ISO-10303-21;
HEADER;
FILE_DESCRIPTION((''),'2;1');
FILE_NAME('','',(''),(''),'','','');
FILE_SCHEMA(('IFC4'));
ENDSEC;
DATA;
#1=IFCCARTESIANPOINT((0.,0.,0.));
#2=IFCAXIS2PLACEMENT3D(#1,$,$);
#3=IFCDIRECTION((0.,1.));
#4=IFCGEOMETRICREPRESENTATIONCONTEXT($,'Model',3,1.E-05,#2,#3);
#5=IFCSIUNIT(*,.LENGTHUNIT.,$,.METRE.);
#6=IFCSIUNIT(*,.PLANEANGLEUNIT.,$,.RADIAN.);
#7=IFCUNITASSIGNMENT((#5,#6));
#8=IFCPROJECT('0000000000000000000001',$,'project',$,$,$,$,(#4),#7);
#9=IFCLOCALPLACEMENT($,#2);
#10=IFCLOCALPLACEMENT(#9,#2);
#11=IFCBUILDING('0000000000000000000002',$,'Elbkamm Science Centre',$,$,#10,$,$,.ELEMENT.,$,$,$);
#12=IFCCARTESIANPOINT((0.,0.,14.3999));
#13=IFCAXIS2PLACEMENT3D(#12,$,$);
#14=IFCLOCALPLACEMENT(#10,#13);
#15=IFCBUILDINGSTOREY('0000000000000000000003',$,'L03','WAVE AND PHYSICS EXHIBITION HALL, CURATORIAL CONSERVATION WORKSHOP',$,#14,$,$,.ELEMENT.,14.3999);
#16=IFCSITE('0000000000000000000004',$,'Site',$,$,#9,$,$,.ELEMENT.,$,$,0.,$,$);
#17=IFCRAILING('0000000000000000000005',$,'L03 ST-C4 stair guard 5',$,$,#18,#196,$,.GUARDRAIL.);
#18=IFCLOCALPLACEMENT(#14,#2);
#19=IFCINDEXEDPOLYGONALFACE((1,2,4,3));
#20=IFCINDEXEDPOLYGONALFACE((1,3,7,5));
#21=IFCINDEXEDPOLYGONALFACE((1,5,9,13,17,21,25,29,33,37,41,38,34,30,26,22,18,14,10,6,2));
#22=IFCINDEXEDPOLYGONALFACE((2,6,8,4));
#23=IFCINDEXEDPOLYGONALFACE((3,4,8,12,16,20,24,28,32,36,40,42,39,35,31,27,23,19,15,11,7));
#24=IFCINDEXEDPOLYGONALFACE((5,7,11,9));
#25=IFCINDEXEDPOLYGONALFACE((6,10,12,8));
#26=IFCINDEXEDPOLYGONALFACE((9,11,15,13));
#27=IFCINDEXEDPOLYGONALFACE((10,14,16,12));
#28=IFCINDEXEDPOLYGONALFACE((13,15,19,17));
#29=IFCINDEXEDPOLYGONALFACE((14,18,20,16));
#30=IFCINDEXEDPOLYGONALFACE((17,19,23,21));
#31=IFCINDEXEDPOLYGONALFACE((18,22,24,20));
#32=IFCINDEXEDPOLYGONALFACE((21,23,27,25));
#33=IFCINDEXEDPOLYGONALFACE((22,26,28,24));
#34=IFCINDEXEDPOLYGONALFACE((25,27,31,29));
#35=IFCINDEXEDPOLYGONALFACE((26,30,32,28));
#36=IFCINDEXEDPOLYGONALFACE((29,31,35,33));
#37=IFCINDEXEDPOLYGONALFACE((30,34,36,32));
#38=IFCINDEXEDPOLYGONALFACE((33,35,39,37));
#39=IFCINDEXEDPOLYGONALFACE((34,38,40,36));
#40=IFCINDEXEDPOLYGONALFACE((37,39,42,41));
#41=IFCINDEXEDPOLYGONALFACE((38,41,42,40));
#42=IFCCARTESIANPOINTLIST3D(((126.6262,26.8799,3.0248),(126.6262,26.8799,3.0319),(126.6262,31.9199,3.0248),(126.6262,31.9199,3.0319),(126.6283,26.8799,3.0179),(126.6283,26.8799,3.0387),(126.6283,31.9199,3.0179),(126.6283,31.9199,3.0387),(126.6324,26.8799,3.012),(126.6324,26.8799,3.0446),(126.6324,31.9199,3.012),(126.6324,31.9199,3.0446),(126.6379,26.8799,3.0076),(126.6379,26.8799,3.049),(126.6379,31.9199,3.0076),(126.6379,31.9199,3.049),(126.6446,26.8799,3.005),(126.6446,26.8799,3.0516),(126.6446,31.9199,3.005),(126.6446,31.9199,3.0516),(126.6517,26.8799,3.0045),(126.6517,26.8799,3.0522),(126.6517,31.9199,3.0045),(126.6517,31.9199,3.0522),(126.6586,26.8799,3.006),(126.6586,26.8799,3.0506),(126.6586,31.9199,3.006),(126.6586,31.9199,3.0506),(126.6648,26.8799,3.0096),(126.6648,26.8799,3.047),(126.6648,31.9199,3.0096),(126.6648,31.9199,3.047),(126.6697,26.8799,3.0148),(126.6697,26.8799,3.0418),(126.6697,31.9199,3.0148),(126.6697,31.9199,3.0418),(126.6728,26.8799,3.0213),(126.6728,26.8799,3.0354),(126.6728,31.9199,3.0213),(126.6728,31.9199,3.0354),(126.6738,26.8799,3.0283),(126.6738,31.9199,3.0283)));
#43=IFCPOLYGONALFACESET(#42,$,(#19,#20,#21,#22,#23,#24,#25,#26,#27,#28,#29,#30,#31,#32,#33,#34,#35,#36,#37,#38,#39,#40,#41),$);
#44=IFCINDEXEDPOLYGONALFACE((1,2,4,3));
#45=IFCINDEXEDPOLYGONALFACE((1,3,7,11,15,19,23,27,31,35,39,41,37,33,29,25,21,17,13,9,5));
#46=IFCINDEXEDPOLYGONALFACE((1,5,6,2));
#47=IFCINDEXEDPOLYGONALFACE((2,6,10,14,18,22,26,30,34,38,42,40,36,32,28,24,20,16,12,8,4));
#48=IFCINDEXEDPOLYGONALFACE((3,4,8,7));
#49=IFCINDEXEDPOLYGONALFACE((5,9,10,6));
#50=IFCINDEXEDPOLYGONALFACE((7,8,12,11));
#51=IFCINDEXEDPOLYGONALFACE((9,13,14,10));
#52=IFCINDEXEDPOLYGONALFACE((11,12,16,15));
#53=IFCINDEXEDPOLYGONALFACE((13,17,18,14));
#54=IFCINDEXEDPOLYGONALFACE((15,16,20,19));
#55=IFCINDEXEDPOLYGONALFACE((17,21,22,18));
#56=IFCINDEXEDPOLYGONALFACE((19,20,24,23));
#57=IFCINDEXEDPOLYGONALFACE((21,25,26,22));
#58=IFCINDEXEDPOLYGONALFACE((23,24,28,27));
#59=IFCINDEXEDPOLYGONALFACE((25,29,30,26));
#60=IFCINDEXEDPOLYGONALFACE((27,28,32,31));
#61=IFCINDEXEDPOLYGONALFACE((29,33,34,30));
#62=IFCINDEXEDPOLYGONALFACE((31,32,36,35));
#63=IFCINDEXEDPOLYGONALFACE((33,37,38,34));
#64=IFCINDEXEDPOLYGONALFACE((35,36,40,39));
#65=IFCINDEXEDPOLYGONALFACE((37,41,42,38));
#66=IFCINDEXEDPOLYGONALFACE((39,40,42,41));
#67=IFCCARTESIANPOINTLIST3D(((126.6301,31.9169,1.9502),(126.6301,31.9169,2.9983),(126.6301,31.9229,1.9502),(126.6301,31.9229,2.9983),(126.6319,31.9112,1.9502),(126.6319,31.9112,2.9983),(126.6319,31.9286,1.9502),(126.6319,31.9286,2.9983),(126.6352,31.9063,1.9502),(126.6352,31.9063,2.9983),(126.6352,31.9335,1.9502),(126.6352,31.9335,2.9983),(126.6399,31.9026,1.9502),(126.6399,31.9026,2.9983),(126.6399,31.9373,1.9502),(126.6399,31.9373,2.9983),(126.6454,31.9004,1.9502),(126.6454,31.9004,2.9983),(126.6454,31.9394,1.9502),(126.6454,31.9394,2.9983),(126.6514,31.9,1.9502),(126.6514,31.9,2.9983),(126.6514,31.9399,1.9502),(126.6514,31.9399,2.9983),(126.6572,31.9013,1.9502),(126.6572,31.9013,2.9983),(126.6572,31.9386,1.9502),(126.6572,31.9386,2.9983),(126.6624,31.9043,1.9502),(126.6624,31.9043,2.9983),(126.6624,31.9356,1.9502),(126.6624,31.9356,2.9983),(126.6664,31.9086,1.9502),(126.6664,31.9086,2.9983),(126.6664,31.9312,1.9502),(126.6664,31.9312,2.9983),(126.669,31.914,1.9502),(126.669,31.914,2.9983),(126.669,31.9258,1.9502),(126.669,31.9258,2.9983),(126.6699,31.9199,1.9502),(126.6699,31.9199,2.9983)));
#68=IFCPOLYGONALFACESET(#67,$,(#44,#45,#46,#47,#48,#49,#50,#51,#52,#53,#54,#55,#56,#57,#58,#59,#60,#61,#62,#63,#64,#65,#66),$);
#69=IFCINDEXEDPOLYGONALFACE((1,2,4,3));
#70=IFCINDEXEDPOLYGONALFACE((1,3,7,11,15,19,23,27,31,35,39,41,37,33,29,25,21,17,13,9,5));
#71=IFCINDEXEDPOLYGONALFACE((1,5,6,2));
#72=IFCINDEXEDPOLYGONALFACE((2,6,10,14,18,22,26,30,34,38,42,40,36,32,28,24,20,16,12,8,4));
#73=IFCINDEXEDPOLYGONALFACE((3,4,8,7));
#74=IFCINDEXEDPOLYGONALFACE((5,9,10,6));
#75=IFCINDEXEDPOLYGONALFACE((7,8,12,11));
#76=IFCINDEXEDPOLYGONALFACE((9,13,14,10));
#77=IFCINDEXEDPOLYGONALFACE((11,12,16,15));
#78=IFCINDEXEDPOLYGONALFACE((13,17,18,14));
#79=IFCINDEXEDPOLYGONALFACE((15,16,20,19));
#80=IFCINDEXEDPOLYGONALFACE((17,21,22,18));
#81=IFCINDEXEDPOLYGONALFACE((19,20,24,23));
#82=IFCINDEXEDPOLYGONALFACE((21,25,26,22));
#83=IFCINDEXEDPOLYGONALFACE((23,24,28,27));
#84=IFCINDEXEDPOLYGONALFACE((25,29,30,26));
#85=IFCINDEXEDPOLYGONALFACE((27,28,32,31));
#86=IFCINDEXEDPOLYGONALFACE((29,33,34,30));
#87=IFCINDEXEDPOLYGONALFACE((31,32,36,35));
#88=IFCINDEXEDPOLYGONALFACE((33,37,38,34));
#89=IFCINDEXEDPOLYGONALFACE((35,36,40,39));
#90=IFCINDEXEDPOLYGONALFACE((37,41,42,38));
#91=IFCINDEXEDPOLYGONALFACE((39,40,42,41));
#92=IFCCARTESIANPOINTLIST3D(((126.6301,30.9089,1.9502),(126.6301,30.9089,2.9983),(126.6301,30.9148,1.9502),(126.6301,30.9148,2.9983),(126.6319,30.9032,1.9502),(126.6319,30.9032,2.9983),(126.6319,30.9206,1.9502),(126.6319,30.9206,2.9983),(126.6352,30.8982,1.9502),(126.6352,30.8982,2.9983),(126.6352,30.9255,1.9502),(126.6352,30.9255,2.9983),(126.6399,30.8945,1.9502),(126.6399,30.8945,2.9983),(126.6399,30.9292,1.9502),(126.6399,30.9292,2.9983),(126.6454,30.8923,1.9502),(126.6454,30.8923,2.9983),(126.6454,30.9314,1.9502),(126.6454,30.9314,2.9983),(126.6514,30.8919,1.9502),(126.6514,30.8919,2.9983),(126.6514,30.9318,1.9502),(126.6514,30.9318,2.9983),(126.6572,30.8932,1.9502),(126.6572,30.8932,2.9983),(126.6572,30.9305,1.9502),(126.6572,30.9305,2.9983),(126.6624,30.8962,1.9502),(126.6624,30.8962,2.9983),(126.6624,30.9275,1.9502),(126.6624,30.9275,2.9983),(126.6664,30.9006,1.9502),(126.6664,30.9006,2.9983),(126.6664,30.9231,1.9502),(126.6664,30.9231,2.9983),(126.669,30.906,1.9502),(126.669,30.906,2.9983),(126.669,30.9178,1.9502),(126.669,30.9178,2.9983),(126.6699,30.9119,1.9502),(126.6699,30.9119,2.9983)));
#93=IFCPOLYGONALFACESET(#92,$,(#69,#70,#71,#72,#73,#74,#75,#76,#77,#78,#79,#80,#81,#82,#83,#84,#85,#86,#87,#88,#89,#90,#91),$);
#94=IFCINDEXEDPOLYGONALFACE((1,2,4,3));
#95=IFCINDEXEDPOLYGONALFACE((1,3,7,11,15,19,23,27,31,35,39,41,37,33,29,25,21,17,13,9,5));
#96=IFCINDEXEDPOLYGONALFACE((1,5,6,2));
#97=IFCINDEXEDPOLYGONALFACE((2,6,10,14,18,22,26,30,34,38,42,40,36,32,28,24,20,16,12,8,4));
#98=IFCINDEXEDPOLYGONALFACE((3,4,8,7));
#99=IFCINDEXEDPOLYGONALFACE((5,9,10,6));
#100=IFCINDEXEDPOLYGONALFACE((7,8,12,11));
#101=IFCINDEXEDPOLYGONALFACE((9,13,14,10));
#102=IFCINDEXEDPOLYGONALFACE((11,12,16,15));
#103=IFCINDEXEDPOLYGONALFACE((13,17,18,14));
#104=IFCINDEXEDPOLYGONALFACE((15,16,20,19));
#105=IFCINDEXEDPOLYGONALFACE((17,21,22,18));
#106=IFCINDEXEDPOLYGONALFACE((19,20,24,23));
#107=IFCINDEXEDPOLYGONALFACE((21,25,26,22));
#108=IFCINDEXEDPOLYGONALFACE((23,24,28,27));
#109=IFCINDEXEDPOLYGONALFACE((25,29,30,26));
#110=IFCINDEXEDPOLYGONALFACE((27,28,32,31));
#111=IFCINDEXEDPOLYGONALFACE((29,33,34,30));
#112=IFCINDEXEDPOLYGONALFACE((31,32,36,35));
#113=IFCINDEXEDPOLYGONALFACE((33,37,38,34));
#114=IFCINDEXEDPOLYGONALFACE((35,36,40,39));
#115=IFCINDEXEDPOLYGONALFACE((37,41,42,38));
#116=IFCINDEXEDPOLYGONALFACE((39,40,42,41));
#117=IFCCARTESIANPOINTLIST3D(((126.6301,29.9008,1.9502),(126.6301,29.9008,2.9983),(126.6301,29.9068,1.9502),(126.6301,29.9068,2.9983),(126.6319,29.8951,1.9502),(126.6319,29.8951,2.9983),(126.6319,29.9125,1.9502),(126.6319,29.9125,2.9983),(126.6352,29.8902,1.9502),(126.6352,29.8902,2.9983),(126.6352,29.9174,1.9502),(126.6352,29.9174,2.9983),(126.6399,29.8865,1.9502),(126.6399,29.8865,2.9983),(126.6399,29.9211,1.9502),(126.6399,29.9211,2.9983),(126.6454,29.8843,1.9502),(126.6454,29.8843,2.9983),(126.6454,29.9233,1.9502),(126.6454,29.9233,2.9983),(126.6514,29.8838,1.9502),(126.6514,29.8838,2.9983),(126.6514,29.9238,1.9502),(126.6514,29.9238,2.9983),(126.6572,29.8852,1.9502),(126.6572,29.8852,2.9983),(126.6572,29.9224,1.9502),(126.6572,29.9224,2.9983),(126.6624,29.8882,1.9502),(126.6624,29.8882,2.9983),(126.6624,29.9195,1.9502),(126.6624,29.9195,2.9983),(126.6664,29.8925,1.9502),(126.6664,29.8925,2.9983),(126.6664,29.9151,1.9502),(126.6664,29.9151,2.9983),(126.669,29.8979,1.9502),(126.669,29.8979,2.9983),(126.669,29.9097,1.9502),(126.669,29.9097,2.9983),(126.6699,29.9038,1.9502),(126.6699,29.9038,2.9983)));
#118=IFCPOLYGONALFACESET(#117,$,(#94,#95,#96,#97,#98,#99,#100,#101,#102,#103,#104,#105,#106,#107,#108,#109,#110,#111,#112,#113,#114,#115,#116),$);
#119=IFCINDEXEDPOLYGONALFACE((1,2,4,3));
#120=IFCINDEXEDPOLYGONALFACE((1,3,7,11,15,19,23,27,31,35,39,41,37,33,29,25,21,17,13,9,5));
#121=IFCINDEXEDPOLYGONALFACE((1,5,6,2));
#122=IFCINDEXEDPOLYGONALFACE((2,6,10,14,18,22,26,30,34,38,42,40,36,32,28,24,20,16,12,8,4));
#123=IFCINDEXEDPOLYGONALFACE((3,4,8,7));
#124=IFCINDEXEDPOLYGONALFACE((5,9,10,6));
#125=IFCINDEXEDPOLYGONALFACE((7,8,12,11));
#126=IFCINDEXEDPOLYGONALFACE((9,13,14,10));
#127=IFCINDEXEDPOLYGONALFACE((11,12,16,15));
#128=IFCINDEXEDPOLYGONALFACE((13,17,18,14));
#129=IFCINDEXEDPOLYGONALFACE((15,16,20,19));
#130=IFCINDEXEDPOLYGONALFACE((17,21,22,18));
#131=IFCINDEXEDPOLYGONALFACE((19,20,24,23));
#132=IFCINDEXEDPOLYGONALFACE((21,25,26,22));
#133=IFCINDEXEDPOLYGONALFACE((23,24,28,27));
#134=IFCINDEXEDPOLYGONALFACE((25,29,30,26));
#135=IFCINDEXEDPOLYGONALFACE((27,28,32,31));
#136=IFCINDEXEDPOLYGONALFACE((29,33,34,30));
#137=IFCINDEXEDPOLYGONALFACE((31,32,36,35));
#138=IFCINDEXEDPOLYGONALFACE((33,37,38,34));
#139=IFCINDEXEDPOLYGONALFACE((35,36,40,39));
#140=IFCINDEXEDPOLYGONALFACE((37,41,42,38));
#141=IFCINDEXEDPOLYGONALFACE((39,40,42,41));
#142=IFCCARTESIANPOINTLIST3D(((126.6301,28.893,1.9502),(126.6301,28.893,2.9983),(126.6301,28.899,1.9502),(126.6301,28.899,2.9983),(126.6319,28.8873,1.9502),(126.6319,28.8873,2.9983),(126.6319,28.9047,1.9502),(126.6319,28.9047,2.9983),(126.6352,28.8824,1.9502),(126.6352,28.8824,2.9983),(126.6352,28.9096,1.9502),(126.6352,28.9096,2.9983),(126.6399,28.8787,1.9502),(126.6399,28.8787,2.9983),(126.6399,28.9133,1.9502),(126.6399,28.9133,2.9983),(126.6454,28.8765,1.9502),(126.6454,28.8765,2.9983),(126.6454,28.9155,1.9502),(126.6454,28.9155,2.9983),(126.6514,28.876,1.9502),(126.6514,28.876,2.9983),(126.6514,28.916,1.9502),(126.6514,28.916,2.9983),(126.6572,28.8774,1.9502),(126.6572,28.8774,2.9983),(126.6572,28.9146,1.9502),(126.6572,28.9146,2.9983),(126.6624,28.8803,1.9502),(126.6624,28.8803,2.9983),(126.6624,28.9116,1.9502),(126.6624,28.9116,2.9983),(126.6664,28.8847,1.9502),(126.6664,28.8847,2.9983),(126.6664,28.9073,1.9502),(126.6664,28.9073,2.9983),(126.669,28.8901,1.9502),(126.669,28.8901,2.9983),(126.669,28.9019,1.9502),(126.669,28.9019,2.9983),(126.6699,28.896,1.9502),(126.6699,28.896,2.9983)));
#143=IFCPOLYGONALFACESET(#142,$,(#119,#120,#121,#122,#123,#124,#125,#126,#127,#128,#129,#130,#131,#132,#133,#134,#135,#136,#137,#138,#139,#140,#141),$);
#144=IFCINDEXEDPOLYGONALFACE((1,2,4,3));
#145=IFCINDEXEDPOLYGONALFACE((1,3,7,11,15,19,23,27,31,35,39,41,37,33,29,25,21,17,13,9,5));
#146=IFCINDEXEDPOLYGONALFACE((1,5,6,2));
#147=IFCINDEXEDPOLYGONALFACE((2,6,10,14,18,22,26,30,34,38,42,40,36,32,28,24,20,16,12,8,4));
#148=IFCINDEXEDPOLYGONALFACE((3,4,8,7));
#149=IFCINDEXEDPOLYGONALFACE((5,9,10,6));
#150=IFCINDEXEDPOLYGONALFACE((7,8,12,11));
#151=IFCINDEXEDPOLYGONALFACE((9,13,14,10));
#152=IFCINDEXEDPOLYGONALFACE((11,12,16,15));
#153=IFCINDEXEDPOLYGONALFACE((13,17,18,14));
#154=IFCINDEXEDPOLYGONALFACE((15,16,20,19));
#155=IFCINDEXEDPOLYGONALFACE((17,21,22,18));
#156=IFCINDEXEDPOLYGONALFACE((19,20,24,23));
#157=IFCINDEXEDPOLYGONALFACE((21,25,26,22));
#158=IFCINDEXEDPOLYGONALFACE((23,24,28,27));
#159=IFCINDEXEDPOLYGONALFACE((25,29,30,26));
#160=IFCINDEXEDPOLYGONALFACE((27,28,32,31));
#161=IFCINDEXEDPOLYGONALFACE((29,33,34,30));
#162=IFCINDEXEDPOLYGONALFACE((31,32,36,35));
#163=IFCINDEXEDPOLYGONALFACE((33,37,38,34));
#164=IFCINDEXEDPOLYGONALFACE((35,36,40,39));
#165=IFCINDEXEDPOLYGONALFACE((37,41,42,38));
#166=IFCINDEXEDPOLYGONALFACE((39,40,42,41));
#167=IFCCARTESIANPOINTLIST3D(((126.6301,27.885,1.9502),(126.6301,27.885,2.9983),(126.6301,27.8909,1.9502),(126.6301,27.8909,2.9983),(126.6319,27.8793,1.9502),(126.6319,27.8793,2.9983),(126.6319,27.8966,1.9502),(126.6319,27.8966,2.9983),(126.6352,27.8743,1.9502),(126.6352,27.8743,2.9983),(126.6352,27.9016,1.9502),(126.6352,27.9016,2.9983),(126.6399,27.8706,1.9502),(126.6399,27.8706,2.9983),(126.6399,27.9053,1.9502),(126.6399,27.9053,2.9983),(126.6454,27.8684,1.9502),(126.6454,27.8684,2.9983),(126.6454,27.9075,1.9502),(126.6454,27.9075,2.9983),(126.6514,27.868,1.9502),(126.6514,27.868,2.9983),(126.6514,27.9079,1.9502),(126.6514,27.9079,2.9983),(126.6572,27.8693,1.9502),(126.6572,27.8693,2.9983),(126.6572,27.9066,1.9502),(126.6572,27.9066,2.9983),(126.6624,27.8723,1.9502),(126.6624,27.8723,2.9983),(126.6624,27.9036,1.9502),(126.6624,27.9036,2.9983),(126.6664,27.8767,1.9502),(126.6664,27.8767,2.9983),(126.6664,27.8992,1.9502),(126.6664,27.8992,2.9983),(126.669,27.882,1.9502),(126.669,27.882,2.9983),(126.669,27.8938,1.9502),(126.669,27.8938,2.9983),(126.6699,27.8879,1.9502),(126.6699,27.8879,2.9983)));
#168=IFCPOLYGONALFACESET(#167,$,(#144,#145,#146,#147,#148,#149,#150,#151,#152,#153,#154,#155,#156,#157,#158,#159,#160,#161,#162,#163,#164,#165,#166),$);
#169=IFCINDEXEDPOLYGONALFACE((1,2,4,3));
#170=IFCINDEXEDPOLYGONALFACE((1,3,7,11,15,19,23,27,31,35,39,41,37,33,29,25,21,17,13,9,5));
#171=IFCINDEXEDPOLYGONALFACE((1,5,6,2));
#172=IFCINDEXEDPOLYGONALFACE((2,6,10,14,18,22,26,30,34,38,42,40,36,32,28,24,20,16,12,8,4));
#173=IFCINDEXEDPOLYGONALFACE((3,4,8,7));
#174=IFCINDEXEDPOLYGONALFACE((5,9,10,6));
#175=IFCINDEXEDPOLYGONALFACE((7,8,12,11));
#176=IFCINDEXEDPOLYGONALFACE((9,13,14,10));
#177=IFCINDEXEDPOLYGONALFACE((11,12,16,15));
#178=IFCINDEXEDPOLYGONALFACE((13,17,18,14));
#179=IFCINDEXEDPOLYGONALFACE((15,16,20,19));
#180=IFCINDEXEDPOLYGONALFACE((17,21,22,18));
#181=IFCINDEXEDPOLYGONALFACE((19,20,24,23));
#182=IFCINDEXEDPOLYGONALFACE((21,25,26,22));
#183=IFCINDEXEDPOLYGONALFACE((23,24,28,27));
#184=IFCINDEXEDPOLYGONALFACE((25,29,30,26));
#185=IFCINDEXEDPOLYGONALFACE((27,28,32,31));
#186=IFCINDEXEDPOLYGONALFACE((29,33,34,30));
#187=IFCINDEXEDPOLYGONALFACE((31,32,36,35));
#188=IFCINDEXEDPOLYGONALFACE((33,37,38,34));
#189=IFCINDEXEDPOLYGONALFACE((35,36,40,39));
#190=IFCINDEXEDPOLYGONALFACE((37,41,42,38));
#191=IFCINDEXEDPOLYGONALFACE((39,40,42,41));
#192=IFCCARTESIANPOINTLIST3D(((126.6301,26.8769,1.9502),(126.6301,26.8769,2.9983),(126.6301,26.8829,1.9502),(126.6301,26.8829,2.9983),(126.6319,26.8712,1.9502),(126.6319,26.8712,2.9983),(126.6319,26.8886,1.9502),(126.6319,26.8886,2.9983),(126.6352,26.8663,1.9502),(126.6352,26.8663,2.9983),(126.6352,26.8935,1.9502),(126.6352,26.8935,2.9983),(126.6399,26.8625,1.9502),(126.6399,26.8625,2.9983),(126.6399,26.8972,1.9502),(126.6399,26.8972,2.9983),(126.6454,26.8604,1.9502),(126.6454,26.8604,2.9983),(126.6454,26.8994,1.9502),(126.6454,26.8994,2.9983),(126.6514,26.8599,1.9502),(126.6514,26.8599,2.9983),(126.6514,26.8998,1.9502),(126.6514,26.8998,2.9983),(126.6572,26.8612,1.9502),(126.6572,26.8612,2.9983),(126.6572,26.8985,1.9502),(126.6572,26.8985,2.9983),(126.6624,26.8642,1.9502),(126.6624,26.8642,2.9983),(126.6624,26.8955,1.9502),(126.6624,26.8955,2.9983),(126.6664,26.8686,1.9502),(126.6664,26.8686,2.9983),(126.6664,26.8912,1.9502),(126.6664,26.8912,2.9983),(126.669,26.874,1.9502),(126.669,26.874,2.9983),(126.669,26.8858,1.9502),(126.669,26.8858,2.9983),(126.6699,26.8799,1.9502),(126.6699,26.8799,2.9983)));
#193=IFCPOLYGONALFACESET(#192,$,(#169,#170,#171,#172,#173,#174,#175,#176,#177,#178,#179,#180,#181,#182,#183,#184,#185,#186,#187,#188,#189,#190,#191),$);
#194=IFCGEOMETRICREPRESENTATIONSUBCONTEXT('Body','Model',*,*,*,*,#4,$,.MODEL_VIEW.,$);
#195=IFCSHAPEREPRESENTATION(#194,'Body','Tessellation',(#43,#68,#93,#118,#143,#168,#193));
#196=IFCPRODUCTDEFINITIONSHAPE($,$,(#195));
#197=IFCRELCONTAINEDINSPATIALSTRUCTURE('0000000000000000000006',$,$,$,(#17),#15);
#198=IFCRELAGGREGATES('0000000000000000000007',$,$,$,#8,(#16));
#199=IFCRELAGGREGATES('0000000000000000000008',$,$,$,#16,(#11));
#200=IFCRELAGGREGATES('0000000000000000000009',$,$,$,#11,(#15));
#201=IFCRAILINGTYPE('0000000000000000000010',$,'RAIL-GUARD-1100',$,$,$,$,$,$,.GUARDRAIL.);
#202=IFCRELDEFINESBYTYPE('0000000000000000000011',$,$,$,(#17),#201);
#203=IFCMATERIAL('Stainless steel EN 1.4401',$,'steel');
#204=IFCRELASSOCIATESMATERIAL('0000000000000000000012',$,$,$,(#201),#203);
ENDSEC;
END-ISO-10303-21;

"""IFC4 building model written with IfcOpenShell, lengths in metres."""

from ifc_helpers import new_model, si_unit, direction, frame, origin, origin_2d, place, context, subcontext, project, spatial, circle, extrude, material, type_object, element, save


model = new_model("IFC4")

# Units and contexts
model_context = context("Model", 3, precision=1e-05, world=origin(), true_north=direction((0.0, 1.0)))
body_context = subcontext(model_context, "Body", "Model", "MODEL_VIEW")
ifc_project = project(units=[si_unit("LENGTHUNIT", "METRE"), si_unit("PLANEANGLEUNIT", "RADIAN")], contexts=[model_context])

# Site, building, storey
site_placement = place(None, origin())
site = spatial("IfcSite", under=ifc_project, at=site_placement, Name="Site", CompositionType="ELEMENT", RefElevation=0.0)
building_placement = place(site_placement, origin())
building = spatial("IfcBuilding", under=site, at=building_placement, Name="Elbkamm Science Centre", CompositionType="ELEMENT")
storey_placement = place(building_placement, frame((0.0, 0.0, 14.3999)))
storey = spatial("IfcBuildingStorey", under=building, at=storey_placement, Name="L03", Description="WAVE AND PHYSICS EXHIBITION HALL, CURATORIAL CONSERVATION WORKSHOP", CompositionType="ELEMENT", Elevation=14.3999)

# Railing
ifc_material_1 = material(Name="Stainless steel EN 1.4401", Category="steel")
railing_type_1 = type_object("IfcRailingType", Name="RAIL-GUARD-1100", PredefinedType="GUARDRAIL", material=ifc_material_1)
railing_1_placement = place(storey_placement, frame((126.6499, 31.9199, 1.9502)))
element("IfcRailing", 1, at=railing_1_placement, inside=storey, type_object=railing_type_1, Name="L03 ST-C4 stair guard 5", PredefinedType="GUARDRAIL", context=body_context, shape_type="SweptSolid", body=[
    extrude(circle(Radius=0.0239, at=origin_2d()), frame((0.0, 0.0, 1.0781), z_axis=(0.0, -1.0, 0.0), x_axis=(1.0, 0.0, 0.0)), (0.0, 0.0, 1.0), 5.04),
    extrude(circle(Radius=0.02, at=origin_2d()), origin(), (0.0, 0.0, 1.0), 1.0481),
    extrude(circle(Radius=0.02, at=origin_2d()), frame((0.0, -1.0081, 0.0)), (0.0, 0.0, 1.0), 1.0481),
    extrude(circle(Radius=0.02, at=origin_2d()), frame((0.0, -2.0161, 0.0)), (0.0, 0.0, 1.0), 1.0481),
    extrude(circle(Radius=0.02, at=origin_2d()), frame((0.0, -3.0239, 0.0)), (0.0, 0.0, 1.0), 1.0481),
    extrude(circle(Radius=0.02, at=origin_2d()), frame((0.0, -4.032, 0.0)), (0.0, 0.0, 1.0), 1.0481),
    extrude(circle(Radius=0.02, at=origin_2d()), frame((0.0, -5.04, 0.0)), (0.0, 0.0, 1.0), 1.0481),
])

save(model, "model.ifc")
